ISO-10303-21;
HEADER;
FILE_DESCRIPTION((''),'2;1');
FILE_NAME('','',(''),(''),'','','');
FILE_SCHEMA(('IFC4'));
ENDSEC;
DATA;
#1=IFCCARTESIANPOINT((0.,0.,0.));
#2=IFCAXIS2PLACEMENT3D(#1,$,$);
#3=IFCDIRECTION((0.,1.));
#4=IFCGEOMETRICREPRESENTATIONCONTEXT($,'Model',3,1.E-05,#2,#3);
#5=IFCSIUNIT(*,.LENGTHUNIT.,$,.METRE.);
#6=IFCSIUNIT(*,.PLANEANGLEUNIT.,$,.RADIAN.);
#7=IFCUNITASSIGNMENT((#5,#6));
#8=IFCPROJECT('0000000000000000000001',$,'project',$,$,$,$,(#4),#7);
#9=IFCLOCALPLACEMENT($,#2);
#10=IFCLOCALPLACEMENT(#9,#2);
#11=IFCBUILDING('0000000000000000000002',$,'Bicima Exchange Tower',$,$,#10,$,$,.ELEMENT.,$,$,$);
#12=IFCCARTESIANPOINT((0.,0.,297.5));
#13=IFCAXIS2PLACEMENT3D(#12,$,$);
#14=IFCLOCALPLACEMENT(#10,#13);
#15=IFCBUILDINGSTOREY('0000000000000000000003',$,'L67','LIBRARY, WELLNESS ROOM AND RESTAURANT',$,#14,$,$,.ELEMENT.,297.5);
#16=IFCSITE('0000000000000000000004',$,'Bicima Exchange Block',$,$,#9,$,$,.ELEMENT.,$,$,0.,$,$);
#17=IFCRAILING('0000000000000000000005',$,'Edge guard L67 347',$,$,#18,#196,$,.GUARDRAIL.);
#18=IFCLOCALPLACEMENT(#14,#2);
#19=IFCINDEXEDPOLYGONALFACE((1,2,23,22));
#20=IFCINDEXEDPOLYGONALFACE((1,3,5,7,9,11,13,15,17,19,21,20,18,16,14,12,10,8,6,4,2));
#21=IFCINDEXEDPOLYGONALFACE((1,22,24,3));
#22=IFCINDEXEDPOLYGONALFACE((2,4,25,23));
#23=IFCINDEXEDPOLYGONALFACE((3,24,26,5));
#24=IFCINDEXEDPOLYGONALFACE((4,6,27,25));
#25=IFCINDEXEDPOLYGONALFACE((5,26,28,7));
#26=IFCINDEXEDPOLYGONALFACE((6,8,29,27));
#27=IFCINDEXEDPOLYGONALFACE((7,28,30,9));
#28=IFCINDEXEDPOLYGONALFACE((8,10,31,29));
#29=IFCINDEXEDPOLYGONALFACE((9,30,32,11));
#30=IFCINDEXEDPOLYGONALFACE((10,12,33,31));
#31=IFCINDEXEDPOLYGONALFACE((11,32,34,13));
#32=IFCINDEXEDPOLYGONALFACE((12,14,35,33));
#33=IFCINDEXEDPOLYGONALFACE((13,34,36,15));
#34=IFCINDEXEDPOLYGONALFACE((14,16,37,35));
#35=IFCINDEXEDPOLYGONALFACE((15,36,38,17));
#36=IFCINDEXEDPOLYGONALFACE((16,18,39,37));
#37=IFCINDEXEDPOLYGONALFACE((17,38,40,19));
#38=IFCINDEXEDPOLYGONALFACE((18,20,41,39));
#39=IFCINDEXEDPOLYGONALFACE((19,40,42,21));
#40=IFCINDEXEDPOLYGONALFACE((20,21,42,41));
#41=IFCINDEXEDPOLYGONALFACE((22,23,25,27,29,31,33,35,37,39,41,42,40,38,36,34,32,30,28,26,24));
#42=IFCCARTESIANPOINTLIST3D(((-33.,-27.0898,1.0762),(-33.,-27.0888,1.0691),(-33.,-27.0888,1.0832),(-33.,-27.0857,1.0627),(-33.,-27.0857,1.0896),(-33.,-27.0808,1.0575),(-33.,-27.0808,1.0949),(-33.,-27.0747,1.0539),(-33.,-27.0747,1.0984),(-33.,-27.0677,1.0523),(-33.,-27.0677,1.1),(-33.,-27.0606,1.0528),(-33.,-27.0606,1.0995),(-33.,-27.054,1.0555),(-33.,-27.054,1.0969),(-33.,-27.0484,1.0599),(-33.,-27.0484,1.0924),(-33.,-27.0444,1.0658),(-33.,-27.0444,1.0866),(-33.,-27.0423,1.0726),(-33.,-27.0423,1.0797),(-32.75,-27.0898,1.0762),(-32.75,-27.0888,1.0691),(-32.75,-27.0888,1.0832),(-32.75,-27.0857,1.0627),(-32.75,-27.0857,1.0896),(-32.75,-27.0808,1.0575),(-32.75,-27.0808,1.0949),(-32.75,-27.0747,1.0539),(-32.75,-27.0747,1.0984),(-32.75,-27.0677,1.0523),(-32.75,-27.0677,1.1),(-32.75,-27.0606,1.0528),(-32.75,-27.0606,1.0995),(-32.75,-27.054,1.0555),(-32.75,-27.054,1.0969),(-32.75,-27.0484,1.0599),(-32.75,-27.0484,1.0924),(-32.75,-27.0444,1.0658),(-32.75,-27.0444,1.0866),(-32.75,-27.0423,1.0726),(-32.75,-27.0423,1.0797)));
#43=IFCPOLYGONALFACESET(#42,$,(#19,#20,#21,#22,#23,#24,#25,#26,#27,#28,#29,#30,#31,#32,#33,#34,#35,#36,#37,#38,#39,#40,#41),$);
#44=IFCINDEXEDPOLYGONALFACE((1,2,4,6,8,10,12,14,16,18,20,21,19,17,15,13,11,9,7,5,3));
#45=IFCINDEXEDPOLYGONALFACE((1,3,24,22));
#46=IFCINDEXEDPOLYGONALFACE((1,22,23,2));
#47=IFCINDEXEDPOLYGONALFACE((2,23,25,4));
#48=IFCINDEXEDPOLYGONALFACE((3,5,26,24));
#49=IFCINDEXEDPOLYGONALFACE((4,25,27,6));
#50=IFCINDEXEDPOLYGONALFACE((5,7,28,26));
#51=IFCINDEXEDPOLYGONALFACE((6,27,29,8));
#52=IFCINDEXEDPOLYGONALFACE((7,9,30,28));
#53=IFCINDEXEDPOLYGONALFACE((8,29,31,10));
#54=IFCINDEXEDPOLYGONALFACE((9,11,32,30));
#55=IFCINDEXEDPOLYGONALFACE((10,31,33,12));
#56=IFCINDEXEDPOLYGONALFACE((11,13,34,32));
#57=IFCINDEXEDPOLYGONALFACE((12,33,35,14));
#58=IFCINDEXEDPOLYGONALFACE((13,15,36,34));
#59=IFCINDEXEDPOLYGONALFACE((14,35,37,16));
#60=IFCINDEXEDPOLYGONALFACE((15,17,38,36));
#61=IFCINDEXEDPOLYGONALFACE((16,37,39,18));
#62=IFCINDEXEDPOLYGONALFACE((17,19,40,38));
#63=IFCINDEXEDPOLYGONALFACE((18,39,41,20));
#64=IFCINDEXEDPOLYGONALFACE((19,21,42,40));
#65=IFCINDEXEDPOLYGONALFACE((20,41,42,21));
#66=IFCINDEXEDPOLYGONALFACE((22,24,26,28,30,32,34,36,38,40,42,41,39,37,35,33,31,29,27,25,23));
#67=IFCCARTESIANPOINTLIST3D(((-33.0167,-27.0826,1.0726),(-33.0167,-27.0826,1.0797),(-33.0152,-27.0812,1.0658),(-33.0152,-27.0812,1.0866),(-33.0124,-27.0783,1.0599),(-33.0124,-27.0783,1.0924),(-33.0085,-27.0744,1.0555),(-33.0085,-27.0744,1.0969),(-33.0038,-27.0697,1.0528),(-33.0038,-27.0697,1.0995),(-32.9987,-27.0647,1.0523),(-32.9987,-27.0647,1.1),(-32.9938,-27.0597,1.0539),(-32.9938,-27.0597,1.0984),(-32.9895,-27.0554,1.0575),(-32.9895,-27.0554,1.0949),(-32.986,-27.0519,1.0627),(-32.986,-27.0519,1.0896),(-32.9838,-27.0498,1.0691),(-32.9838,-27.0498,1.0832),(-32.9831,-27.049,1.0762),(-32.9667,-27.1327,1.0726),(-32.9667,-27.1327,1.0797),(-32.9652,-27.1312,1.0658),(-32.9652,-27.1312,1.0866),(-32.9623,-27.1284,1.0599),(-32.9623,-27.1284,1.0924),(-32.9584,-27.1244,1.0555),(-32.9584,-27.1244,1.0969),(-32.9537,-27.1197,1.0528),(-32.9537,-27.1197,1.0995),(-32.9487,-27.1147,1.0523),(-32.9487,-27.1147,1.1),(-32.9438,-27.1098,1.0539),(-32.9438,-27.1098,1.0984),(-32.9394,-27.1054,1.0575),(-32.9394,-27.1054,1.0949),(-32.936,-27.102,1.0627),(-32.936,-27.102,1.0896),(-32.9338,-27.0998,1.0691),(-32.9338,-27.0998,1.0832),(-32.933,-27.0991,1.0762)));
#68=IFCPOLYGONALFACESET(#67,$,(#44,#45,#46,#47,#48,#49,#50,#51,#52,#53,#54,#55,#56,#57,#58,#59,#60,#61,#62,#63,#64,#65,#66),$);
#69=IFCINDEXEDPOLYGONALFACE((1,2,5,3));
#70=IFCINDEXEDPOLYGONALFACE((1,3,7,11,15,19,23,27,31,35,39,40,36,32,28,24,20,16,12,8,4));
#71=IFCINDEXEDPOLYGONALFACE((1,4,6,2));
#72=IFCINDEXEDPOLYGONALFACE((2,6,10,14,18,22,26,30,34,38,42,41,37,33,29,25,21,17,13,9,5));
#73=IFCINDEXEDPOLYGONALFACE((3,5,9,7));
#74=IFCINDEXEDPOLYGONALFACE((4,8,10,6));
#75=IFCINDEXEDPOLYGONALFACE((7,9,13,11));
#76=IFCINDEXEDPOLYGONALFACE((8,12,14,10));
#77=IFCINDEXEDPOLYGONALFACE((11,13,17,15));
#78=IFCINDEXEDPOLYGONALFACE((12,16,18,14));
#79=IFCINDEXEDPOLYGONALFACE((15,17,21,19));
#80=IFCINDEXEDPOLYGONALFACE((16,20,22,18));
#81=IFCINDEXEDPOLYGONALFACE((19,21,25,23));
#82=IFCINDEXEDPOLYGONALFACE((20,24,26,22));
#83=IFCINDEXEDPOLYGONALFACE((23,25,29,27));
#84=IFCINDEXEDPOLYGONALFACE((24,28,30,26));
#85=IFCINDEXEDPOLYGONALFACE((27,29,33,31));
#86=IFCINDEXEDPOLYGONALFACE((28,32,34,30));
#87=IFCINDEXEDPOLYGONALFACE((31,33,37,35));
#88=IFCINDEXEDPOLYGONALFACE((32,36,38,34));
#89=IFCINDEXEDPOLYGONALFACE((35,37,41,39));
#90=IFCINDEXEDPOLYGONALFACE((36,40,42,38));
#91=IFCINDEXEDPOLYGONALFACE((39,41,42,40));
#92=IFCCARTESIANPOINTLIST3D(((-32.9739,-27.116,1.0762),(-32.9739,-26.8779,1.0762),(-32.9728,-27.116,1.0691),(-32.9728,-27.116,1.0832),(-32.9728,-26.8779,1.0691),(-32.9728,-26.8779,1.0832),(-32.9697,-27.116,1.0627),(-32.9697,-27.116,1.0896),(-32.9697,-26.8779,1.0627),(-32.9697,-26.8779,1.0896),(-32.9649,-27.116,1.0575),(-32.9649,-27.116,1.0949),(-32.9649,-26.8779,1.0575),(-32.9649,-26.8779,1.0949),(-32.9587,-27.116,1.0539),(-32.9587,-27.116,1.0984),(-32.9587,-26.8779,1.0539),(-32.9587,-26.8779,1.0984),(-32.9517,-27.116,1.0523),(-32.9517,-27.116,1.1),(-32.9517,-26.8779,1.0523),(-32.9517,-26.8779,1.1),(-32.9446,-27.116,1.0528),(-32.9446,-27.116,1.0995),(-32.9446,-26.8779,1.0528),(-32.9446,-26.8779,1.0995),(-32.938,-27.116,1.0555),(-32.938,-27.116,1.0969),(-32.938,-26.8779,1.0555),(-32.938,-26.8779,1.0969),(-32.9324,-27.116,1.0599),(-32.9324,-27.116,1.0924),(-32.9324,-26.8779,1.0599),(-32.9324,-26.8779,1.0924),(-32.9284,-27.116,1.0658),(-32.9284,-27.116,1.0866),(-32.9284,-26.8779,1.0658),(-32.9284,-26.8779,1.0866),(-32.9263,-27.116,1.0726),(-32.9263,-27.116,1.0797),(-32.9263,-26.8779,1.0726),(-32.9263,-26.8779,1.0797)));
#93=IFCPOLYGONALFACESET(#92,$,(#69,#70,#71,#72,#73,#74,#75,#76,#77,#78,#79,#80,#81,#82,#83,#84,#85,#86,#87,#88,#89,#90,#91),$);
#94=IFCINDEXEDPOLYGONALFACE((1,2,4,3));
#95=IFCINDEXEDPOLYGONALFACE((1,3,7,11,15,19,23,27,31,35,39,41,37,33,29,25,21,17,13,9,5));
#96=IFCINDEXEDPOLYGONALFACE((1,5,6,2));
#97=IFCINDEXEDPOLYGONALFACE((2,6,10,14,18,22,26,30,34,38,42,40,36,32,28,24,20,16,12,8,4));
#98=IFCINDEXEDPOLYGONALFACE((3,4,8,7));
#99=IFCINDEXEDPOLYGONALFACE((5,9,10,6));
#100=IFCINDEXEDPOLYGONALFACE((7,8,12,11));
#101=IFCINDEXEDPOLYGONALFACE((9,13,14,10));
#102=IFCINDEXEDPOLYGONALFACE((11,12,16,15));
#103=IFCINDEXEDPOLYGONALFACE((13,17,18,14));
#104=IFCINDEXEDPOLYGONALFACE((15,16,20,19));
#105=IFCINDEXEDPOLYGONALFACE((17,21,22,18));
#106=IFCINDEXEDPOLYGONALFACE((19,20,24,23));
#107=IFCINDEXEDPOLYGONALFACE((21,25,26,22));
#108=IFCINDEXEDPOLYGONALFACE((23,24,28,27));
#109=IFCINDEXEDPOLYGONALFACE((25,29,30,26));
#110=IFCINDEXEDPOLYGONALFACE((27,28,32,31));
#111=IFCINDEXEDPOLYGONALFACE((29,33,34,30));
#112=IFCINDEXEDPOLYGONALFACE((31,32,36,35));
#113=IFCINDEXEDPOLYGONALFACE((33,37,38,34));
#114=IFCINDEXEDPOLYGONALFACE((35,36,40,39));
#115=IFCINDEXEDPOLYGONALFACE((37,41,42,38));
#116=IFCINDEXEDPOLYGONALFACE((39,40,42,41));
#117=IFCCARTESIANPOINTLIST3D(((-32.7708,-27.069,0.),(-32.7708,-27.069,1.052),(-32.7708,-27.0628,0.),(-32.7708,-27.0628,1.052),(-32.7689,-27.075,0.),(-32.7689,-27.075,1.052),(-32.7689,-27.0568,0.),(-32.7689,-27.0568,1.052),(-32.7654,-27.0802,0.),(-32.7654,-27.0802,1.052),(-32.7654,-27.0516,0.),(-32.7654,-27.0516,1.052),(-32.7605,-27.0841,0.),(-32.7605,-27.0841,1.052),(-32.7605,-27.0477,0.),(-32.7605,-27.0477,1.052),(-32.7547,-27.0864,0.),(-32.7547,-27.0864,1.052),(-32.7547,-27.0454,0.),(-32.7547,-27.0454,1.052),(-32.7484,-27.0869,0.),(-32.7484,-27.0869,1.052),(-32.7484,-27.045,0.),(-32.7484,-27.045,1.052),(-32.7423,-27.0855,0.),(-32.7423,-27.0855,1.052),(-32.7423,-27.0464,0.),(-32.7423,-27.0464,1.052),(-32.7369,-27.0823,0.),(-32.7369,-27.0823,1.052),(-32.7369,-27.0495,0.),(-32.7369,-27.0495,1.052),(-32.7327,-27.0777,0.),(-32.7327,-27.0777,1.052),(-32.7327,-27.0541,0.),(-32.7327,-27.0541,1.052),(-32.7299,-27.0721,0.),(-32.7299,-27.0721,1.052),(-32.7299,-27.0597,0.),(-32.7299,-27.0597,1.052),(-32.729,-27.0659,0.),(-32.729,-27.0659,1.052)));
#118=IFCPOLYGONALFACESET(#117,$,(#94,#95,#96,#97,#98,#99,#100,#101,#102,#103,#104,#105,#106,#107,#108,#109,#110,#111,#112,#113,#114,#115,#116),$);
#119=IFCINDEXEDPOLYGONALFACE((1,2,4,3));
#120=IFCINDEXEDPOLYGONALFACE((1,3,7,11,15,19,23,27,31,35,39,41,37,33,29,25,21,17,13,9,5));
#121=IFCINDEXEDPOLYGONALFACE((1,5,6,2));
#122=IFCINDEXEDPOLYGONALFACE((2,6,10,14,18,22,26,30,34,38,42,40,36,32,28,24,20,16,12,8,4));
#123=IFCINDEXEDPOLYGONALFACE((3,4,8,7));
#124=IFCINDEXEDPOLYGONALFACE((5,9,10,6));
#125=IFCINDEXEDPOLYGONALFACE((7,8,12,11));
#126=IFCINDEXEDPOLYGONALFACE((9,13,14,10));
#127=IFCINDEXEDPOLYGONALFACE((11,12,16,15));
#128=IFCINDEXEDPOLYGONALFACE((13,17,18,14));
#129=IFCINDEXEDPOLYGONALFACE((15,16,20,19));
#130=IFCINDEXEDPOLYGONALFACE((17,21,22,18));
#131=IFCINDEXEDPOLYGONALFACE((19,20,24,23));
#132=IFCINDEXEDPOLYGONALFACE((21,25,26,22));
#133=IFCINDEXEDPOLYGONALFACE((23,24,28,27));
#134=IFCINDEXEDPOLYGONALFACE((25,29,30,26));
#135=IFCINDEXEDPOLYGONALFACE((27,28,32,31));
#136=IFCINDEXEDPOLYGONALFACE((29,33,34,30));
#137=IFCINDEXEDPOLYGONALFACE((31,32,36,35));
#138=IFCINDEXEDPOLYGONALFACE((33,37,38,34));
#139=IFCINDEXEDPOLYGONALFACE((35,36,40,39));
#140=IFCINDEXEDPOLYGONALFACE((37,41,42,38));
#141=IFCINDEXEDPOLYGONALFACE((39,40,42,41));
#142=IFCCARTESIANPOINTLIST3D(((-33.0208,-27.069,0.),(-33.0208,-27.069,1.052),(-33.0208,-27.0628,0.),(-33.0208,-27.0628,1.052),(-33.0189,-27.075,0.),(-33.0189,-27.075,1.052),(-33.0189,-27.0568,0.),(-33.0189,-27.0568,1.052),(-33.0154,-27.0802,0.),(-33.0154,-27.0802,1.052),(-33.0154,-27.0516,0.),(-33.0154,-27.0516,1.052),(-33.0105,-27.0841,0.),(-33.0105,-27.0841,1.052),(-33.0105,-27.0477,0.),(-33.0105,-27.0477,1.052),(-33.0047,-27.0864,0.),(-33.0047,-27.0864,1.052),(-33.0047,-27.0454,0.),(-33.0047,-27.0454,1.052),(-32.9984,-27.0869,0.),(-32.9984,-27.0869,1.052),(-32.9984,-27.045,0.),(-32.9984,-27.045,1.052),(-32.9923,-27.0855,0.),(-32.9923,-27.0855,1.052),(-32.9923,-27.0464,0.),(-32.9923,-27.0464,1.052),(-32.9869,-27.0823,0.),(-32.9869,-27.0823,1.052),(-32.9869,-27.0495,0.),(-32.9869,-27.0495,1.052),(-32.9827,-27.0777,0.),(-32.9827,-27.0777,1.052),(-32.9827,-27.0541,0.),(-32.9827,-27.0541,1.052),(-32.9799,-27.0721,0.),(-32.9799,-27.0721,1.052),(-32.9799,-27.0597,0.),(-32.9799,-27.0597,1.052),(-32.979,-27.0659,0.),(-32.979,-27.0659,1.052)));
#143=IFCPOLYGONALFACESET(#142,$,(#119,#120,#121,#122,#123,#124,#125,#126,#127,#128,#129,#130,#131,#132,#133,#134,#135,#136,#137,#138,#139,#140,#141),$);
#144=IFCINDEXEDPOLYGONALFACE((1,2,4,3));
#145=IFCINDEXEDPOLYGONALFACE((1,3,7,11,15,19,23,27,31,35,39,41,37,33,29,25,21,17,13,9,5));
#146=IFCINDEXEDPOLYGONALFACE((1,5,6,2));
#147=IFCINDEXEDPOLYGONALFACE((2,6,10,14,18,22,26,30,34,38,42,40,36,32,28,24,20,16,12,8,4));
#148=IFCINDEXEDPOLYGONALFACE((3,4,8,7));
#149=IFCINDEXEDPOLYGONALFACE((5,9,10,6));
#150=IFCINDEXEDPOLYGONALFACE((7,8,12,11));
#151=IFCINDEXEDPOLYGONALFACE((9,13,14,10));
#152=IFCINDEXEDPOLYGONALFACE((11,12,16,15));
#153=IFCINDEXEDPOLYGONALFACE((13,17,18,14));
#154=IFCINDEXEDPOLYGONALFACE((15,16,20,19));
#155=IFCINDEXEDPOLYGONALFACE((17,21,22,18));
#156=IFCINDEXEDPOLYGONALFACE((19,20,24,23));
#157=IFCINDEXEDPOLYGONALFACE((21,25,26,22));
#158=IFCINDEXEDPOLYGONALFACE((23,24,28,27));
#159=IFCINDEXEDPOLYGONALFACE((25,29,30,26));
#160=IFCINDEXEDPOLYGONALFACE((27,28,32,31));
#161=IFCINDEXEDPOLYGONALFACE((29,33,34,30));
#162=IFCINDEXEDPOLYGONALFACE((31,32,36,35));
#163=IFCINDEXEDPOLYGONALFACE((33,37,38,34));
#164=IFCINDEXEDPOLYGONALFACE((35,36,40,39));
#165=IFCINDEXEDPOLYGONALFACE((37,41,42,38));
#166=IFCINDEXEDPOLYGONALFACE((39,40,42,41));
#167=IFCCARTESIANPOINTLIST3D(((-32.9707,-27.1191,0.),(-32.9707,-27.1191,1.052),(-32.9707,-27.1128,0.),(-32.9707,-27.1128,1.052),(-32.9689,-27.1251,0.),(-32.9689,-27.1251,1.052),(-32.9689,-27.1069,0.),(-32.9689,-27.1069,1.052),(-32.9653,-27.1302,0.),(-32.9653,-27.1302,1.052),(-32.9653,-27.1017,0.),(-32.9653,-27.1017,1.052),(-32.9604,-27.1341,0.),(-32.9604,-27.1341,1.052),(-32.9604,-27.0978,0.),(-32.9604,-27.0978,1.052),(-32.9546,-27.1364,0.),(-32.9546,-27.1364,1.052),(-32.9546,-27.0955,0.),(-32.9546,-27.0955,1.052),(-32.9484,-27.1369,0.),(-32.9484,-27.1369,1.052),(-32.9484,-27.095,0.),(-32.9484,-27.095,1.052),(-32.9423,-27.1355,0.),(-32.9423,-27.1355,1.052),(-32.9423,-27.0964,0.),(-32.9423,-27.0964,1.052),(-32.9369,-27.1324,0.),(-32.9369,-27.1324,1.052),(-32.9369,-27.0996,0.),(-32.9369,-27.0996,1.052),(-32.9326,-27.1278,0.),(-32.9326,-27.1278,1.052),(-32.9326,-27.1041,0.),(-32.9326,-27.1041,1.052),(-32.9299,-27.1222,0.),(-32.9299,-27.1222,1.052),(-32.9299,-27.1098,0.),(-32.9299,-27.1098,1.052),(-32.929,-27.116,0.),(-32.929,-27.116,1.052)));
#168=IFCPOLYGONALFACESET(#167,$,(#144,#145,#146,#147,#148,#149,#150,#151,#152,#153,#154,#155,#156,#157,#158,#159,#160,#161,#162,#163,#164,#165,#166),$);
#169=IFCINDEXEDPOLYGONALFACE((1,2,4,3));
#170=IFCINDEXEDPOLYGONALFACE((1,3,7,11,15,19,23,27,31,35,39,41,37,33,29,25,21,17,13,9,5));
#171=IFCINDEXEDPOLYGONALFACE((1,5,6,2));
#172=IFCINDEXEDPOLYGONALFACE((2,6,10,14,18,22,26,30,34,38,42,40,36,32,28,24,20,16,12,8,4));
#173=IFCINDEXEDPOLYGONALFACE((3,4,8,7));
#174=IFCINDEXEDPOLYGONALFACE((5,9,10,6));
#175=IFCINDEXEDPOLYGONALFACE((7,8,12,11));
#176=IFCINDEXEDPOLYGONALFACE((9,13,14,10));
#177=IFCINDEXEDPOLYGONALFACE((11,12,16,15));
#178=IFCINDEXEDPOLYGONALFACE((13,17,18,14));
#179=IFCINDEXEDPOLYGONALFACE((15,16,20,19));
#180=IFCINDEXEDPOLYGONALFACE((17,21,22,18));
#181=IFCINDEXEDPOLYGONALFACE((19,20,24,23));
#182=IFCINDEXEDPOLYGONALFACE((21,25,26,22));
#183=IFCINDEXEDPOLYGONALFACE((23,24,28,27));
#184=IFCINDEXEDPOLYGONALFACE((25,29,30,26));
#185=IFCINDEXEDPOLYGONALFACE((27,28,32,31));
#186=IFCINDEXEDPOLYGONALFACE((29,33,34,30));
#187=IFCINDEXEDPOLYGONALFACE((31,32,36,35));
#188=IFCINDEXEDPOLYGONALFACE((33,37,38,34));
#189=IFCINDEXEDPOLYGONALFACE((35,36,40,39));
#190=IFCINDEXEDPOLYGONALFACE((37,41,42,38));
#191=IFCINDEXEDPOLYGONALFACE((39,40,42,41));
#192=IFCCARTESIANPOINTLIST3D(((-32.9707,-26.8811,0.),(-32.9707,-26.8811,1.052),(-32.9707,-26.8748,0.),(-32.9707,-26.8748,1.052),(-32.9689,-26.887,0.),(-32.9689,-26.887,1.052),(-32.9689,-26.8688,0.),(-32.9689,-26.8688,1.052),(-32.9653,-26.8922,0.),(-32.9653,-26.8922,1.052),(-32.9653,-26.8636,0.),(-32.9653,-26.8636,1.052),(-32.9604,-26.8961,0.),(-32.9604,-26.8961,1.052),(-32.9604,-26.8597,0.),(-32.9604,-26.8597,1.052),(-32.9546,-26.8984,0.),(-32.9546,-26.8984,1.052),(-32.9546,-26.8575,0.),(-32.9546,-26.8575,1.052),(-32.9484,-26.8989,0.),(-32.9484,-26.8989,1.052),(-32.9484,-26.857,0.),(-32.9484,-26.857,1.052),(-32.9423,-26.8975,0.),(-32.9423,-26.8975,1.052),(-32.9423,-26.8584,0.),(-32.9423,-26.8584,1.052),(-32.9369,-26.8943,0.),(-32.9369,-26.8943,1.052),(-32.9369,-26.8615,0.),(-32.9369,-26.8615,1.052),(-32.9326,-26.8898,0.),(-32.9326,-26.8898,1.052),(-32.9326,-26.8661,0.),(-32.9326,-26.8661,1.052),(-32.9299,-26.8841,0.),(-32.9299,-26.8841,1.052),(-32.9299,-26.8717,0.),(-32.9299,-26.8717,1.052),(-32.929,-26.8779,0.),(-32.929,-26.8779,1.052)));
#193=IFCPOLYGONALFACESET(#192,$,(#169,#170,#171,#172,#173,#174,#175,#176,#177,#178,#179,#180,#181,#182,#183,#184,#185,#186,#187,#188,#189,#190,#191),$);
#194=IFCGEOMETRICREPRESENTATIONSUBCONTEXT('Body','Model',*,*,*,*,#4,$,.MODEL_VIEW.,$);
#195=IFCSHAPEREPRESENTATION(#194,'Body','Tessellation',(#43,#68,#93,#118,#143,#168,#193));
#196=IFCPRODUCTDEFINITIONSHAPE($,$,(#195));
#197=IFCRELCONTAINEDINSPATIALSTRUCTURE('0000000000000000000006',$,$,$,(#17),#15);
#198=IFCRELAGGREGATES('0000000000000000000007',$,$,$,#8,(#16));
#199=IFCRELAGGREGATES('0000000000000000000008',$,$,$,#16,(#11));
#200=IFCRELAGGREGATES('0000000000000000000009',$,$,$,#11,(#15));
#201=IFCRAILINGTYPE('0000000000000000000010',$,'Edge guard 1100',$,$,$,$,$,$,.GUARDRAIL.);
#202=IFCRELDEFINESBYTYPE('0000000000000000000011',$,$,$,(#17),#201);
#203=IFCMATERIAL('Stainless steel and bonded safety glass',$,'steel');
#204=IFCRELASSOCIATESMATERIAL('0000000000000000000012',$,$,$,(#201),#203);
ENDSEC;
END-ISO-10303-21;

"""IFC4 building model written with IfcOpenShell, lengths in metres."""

from ifc_helpers import new_model, si_unit, direction, frame, origin, origin_2d, place, context, subcontext, project, spatial, circle, extrude, material, type_object, element, save


model = new_model("IFC4")

# Units and contexts
model_context = context("Model", 3, precision=1e-05, world=origin(), true_north=direction((0.0, 1.0)))
body_context = subcontext(model_context, "Body", "Model", "MODEL_VIEW")
ifc_project = project(units=[si_unit("LENGTHUNIT", "METRE"), si_unit("PLANEANGLEUNIT", "RADIAN")], contexts=[model_context])

# Site, building, storey
site_placement = place(None, origin())
site = spatial("IfcSite", under=ifc_project, at=site_placement, Name="Bicima Exchange Block", CompositionType="ELEMENT", RefElevation=0.0)
building_placement = place(site_placement, origin())
building = spatial("IfcBuilding", under=site, at=building_placement, Name="Bicima Exchange Tower", CompositionType="ELEMENT")
storey_placement = place(building_placement, frame((0.0, 0.0, 297.5)))
storey = spatial("IfcBuildingStorey", under=building, at=storey_placement, Name="L67", Description="LIBRARY, WELLNESS ROOM AND RESTAURANT", CompositionType="ELEMENT", Elevation=297.5)

# Railing
ifc_material_1 = material(Name="Stainless steel and bonded safety glass", Category="steel")
railing_type = type_object("IfcRailingType", Name="Edge guard 1100", PredefinedType="GUARDRAIL", material=ifc_material_1)
railing_1_placement = place(storey_placement, frame((-32.75, -27.0659, 0.0)))
element("IfcRailing", 1, at=railing_1_placement, inside=storey, type_object=railing_type, Name="Edge guard L67 347", PredefinedType="GUARDRAIL", context=body_context, shape_type="SweptSolid", body=[
    extrude(circle(Radius=0.0239, at=origin_2d()), frame((0.0, 0.0, 1.0762), z_axis=(-1.0, 0.0, 0.0), x_axis=(0.0, -1.0, 0.0)), (0.0, 0.0, 1.0), 0.25),
    extrude(circle(Radius=0.0239, at=origin_2d()), frame((-0.25, 0.0, 1.0762), z_axis=(0.707107, -0.707107, 0.0), x_axis=(0.707107, 0.707107, 0.0)), (0.0, 0.0, 1.0), 0.0708),
    extrude(circle(Radius=0.0239, at=origin_2d()), frame((-0.2, -0.05, 1.0762), z_axis=(0.0, 1.0, 0.0), x_axis=(-1.0, 0.0, 0.0)), (0.0, 0.0, 1.0), 0.238),
    extrude(circle(Radius=0.021, at=origin_2d()), origin(), (0.0, 0.0, 1.0), 1.052),
    extrude(circle(Radius=0.021, at=origin_2d()), frame((-0.25, 0.0, 0.0)), (0.0, 0.0, 1.0), 1.052),
    extrude(circle(Radius=0.021, at=origin_2d()), frame((-0.2, -0.05, 0.0)), (0.0, 0.0, 1.0), 1.052),
    extrude(circle(Radius=0.021, at=origin_2d()), frame((-0.2, 0.188, 0.0)), (0.0, 0.0, 1.0), 1.052),
])

save(model, "model.ifc")
